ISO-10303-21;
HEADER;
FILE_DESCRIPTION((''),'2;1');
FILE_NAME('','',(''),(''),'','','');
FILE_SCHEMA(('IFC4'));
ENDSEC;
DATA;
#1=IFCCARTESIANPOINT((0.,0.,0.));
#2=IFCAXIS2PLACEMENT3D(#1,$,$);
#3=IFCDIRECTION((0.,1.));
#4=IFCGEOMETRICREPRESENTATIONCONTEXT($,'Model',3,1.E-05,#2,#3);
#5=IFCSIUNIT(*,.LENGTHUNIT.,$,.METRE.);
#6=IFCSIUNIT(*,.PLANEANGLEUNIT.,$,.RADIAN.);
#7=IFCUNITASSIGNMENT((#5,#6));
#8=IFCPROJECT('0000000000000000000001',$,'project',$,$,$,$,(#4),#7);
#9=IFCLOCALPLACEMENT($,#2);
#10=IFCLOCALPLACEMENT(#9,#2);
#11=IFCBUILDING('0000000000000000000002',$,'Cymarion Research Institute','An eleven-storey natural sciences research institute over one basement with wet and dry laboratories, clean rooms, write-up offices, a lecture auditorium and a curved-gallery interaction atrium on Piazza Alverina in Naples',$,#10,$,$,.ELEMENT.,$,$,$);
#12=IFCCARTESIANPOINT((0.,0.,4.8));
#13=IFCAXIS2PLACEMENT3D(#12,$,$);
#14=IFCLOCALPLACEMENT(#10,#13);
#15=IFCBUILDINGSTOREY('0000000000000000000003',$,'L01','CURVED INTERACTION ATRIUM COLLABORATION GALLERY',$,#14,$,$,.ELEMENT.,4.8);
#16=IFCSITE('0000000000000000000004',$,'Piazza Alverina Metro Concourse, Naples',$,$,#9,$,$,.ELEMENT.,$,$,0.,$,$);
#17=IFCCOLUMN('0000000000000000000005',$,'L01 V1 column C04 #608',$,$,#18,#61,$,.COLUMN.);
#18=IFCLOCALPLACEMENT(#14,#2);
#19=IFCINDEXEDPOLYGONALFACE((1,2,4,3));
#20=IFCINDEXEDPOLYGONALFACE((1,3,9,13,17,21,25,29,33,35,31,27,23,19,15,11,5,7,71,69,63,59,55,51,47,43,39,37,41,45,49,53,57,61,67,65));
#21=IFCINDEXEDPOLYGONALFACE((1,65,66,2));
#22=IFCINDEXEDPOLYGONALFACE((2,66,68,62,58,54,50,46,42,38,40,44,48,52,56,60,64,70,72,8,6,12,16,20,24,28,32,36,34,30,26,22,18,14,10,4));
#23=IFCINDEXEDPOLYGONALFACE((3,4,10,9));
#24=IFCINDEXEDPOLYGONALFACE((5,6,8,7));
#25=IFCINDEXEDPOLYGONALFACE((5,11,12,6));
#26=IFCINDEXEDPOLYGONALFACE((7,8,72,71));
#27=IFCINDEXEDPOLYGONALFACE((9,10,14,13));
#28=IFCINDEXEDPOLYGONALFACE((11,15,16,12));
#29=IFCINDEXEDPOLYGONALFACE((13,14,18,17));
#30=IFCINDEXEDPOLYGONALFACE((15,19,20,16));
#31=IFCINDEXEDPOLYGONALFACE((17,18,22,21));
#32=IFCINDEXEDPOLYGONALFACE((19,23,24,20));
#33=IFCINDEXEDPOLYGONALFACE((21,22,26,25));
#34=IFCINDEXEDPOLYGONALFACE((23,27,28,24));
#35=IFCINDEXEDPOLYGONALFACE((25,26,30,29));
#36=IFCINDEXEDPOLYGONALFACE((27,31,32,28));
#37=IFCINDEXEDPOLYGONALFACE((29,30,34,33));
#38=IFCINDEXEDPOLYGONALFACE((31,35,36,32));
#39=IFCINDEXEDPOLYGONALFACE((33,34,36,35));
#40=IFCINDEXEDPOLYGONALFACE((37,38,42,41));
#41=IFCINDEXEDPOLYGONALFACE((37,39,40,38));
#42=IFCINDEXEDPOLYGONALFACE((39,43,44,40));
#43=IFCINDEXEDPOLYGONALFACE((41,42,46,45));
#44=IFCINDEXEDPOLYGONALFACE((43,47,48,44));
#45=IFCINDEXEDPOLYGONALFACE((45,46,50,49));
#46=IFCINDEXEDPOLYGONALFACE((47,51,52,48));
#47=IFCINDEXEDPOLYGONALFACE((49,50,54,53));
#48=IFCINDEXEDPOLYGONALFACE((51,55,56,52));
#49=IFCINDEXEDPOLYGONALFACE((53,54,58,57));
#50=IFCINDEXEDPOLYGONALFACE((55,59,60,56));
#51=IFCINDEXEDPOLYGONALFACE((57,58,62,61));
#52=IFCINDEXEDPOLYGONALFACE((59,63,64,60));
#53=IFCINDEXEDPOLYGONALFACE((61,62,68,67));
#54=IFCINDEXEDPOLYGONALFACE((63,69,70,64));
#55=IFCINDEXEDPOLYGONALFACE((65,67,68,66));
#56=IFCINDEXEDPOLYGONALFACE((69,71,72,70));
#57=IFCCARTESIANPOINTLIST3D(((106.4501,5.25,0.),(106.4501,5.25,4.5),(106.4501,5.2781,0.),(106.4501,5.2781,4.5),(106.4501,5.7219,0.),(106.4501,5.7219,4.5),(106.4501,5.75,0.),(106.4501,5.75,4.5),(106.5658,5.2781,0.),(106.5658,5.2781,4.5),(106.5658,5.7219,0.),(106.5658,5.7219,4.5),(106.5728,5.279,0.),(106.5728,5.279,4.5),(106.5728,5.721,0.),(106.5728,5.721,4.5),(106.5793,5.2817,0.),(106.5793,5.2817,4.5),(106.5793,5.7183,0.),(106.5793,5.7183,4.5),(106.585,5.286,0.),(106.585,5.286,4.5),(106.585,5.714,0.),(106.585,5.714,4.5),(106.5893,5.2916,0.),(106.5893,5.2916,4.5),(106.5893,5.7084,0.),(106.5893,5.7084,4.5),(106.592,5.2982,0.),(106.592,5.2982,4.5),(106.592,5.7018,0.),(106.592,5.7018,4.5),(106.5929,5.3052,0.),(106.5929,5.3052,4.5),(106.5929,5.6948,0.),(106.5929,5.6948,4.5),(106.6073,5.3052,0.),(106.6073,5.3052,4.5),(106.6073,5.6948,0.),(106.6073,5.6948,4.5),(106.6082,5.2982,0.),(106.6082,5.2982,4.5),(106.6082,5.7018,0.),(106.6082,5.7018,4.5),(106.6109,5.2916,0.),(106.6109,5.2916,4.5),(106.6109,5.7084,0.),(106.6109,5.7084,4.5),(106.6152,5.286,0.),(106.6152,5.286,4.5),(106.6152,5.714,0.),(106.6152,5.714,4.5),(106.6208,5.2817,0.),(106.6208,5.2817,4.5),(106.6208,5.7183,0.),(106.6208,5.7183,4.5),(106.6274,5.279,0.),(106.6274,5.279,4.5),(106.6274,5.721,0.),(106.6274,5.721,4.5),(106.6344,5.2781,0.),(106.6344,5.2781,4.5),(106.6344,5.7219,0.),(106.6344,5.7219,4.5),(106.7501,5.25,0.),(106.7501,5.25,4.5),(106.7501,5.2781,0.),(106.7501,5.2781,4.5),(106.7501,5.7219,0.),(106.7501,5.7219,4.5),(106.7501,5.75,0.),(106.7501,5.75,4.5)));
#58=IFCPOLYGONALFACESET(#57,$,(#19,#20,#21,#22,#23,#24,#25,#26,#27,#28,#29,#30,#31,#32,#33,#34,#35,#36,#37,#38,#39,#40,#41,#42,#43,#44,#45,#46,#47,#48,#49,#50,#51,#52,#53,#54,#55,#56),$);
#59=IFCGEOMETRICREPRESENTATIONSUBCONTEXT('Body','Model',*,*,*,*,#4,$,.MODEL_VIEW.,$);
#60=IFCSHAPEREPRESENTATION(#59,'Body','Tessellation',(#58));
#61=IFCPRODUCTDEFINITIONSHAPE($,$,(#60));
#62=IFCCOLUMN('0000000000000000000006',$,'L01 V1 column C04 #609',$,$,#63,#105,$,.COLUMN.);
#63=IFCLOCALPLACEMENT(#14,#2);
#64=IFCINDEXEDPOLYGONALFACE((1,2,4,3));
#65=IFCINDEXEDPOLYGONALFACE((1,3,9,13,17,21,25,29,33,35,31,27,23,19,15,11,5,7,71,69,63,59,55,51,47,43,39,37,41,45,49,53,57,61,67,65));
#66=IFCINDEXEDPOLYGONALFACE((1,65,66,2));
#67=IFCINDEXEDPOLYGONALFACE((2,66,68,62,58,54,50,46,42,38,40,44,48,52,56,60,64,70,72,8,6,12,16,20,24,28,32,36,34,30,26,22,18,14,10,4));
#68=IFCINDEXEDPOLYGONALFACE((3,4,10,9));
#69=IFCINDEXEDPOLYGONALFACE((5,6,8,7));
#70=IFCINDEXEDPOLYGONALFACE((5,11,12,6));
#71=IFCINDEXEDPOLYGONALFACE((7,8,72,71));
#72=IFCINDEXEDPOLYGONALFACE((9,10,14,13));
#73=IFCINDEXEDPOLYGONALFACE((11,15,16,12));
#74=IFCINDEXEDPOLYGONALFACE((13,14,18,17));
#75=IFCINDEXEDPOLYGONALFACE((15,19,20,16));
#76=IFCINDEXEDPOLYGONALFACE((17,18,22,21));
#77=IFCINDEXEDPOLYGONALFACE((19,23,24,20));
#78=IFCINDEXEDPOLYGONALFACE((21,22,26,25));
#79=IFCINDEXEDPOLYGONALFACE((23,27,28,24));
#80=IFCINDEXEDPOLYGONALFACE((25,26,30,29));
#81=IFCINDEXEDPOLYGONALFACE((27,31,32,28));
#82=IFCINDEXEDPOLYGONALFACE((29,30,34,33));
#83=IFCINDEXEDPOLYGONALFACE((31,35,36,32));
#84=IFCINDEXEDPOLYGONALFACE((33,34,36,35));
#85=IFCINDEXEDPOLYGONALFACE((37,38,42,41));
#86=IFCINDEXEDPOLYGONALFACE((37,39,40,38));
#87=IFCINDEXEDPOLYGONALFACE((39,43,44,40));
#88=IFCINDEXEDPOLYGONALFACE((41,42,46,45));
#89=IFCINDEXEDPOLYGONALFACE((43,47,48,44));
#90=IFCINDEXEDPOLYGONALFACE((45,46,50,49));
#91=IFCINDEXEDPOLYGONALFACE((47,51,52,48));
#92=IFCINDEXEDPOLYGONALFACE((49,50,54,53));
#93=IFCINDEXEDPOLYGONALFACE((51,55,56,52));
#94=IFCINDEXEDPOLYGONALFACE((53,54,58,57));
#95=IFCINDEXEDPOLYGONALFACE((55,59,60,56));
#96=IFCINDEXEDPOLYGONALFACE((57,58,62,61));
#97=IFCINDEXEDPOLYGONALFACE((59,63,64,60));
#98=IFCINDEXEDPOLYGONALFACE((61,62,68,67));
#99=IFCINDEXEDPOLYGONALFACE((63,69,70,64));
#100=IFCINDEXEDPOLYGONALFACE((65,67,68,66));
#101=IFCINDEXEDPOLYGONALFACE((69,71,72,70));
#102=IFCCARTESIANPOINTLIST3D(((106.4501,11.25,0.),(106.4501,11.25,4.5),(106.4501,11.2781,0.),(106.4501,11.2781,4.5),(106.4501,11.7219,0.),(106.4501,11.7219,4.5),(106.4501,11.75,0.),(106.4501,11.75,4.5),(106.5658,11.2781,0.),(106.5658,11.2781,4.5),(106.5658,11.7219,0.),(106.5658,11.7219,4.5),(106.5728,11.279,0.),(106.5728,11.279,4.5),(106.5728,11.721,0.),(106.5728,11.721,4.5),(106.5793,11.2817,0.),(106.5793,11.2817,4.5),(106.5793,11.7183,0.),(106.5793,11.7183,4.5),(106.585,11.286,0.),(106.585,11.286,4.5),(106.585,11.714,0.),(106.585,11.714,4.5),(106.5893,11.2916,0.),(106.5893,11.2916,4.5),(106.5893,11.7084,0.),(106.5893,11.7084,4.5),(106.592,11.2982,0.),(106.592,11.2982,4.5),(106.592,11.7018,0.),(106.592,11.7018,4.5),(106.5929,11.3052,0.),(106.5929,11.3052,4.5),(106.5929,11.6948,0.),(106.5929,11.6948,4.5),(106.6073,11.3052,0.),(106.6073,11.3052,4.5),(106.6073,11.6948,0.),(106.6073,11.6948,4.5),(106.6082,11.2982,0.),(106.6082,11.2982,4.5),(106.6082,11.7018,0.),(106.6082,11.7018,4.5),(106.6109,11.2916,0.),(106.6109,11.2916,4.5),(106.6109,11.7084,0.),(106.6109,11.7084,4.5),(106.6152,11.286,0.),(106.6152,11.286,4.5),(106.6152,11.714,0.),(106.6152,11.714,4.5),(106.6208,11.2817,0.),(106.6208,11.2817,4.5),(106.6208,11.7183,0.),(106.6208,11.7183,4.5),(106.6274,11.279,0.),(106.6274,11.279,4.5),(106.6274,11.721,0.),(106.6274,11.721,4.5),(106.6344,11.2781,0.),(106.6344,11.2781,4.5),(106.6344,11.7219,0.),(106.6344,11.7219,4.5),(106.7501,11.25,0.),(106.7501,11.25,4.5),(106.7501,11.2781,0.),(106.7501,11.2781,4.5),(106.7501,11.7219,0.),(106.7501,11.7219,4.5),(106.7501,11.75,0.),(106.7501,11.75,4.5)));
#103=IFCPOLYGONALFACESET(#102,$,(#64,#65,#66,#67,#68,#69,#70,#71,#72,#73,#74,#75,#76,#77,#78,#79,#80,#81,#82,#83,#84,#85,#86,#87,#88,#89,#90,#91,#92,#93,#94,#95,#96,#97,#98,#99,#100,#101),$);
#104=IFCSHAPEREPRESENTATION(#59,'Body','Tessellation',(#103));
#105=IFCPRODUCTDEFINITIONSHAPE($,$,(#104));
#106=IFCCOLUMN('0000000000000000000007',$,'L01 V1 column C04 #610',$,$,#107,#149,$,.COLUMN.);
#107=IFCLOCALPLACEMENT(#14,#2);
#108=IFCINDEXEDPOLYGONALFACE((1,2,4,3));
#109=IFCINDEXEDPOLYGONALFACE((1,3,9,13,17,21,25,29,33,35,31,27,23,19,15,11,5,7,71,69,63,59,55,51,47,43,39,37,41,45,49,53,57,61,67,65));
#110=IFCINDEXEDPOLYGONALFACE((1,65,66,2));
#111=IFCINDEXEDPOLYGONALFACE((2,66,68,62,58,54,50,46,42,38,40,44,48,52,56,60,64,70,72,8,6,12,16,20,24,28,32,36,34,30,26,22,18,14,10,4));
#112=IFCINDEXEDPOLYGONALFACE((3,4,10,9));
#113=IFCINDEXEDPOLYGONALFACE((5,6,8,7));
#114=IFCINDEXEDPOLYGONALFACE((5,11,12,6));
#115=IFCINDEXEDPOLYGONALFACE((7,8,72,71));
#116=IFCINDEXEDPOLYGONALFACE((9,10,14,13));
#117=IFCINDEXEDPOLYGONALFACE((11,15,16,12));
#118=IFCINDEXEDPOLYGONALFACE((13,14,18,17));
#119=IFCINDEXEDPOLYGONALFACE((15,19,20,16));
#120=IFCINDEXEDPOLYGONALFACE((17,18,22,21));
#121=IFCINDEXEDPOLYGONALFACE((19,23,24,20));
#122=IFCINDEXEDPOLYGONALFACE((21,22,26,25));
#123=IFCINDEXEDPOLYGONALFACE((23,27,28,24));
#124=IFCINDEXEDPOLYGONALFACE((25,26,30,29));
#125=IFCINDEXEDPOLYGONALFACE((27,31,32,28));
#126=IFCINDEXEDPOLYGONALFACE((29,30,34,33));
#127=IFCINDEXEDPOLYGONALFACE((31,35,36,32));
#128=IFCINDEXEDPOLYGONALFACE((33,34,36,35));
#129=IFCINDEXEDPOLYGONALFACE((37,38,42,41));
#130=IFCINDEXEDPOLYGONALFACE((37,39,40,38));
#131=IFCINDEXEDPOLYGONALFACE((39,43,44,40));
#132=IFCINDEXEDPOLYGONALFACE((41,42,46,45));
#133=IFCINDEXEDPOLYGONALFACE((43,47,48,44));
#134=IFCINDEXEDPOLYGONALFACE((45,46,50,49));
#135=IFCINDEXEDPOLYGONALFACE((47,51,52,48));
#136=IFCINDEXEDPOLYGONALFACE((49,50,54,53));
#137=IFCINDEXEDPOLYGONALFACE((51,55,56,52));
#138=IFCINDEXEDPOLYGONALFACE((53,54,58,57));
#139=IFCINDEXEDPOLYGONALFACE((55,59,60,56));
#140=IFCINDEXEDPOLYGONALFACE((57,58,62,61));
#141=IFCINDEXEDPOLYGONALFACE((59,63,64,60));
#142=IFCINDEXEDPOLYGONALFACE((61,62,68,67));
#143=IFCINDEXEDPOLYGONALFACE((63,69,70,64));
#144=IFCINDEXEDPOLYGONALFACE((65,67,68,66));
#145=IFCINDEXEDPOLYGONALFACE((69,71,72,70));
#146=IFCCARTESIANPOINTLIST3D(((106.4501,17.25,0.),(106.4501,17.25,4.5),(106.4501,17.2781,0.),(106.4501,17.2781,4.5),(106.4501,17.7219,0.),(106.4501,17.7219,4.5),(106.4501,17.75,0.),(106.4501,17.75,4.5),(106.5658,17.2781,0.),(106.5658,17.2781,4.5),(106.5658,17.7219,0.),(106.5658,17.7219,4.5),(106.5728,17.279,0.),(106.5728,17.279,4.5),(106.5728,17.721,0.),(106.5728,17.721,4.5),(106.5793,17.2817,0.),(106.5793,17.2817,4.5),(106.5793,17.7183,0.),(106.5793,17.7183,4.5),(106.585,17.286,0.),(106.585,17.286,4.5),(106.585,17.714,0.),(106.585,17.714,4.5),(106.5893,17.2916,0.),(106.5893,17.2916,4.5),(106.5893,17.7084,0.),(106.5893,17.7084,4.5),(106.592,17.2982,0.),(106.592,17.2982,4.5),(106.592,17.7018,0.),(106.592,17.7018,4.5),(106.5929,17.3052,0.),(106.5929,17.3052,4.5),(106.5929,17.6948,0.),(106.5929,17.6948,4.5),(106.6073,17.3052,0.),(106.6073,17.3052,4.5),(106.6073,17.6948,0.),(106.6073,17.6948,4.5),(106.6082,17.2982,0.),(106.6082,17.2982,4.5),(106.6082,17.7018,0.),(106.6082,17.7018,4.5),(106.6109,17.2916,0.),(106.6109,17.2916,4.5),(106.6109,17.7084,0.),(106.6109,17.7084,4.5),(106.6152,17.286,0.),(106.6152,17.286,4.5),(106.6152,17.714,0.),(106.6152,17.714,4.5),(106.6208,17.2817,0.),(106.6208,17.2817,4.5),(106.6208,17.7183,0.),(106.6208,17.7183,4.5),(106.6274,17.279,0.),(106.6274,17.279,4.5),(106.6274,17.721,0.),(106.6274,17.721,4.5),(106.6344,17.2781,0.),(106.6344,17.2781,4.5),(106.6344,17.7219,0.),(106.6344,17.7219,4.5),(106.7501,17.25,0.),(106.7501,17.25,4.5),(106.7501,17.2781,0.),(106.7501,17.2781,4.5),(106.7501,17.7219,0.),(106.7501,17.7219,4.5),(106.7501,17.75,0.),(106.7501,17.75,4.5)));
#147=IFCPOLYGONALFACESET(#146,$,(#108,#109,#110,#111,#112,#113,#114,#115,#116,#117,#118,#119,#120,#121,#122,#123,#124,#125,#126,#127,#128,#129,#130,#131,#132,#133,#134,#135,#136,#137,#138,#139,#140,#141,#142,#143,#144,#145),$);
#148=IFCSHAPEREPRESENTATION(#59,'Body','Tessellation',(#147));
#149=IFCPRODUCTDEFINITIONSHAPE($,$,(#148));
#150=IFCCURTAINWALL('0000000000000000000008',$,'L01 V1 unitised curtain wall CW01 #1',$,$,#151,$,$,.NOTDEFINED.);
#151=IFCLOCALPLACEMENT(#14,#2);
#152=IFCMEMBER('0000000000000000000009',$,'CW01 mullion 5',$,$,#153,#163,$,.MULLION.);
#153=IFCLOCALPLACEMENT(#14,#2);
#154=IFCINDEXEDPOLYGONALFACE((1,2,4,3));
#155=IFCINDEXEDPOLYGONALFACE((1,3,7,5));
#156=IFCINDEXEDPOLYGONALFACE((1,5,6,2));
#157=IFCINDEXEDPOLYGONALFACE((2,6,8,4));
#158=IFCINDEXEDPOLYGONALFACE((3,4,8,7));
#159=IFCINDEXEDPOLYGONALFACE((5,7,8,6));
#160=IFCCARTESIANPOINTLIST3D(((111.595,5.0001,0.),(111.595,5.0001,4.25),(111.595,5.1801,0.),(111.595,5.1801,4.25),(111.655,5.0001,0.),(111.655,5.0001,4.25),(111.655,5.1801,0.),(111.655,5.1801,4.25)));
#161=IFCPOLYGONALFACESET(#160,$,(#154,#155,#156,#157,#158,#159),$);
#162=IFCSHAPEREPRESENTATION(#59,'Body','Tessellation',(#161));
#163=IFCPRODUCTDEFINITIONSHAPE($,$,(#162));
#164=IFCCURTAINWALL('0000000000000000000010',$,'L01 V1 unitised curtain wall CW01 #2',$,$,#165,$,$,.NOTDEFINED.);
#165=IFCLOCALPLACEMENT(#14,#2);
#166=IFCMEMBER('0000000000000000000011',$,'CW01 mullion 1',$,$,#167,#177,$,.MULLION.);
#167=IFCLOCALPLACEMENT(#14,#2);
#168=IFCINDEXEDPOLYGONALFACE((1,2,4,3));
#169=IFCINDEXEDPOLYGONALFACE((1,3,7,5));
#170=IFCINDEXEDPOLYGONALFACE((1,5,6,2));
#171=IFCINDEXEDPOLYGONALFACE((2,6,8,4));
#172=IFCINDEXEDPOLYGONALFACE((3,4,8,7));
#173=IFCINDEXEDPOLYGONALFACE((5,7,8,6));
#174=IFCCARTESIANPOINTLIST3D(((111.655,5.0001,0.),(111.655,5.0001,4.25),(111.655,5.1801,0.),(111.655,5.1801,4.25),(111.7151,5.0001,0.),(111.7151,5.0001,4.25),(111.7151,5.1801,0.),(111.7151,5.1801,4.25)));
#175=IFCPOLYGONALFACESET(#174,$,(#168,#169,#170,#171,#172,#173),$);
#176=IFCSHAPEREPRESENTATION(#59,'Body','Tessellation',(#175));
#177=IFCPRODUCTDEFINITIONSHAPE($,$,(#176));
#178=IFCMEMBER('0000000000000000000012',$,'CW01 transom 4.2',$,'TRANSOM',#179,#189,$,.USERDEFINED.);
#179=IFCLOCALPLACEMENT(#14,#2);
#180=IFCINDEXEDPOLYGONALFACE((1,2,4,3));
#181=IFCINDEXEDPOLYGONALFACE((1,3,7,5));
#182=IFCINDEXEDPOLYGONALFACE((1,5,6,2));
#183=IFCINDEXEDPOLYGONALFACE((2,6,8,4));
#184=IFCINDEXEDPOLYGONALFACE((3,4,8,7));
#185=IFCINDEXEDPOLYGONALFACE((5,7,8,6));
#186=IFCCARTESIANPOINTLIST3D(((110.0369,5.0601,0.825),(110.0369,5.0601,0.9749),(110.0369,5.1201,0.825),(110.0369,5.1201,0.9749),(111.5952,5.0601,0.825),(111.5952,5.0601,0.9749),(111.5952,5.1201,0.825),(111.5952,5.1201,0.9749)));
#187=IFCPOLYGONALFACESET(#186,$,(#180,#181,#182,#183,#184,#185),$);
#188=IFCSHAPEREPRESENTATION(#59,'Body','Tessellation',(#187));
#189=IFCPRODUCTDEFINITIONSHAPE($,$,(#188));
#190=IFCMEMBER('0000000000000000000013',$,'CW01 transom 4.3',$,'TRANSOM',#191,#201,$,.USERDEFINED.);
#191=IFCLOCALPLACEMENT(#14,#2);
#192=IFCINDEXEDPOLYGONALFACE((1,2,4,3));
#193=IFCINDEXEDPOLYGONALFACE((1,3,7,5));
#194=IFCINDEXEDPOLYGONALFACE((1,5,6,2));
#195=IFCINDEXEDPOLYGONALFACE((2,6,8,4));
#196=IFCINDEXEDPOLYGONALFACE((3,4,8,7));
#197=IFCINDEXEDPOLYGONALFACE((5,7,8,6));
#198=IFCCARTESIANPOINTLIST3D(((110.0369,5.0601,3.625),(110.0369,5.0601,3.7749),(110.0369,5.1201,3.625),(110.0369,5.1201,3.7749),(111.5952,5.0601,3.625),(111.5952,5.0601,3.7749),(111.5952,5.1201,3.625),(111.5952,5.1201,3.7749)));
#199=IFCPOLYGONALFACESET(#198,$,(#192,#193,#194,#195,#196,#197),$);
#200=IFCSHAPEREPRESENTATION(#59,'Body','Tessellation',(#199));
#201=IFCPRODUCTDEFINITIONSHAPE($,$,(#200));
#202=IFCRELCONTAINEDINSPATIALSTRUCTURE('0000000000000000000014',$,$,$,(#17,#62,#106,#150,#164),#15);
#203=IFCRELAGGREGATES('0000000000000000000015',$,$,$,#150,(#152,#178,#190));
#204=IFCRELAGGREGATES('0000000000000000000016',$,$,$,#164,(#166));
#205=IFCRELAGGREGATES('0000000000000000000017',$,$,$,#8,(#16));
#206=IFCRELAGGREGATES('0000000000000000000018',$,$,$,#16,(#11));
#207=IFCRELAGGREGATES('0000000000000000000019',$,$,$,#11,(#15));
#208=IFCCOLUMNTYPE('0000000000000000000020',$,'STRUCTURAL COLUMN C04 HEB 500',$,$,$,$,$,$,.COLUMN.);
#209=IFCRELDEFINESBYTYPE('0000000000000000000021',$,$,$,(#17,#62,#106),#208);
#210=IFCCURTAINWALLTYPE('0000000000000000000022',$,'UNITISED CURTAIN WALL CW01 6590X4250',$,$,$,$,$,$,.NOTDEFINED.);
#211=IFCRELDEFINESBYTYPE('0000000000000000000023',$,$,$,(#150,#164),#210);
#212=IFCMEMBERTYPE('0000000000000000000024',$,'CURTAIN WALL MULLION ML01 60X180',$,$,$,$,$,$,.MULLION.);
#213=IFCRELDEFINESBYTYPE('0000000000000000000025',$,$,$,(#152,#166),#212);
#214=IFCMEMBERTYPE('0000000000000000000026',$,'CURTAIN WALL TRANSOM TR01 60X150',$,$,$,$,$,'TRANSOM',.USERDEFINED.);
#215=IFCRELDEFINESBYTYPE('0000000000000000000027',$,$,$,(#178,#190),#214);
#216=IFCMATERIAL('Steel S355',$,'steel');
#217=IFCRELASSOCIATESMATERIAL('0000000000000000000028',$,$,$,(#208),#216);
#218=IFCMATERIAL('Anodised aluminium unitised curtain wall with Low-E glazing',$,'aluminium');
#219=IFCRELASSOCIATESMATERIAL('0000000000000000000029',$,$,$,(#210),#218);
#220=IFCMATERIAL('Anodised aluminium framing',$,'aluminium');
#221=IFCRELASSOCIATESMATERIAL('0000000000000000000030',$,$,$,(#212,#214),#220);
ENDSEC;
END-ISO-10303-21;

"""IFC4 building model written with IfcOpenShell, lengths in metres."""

from ifc_helpers import new_model, si_unit, direction, frame, origin, origin_2d, place, context, subcontext, project, spatial, rectangle, i_section, extrude, material, material_profile, profile_set, type_object, element, aggregate, save


model = new_model("IFC4")

# Units and contexts
model_context = context("Model", 3, precision=1e-05, world=origin(), true_north=direction((0.0, 1.0)))
body_context = subcontext(model_context, "Body", "Model", "MODEL_VIEW")
ifc_project = project(units=[si_unit("LENGTHUNIT", "METRE"), si_unit("PLANEANGLEUNIT", "RADIAN")], contexts=[model_context])

# Site, building, storey
site_placement = place(None, origin())
site = spatial("IfcSite", under=ifc_project, at=site_placement, Name="Piazza Alverina Metro Concourse, Naples", CompositionType="ELEMENT", RefElevation=0.0)
building_placement = place(site_placement, origin())
building = spatial("IfcBuilding", under=site, at=building_placement, Name="Cymarion Research Institute", Description="An eleven-storey natural sciences research institute over one basement with wet and dry laboratories, clean rooms, write-up offices, a lecture auditorium and a curved-gallery interaction atrium on Piazza Alverina in Naples", CompositionType="ELEMENT")
storey_placement = place(building_placement, frame((0.0, 0.0, 4.8)))
storey = spatial("IfcBuildingStorey", under=building, at=storey_placement, Name="L01", Description="CURVED INTERACTION ATRIUM COLLABORATION GALLERY", CompositionType="ELEMENT", Elevation=4.8)

# Columns
ifc_material_1 = material(Name="Steel S355", Category="steel")
ifc_material_profile_1 = material_profile(ifc_material_1, i_section(OverallWidth=0.3, OverallDepth=0.5, WebThickness=0.0144, FlangeThickness=0.0281, FilletRadius=0.0271, at=origin_2d()), Name="HEB 500")
ifc_profile_set_1 = profile_set([ifc_material_profile_1], Name="Steel S355")
column_type = type_object("IfcColumnType", Name="STRUCTURAL COLUMN C04 HEB 500", PredefinedType="COLUMN", material=ifc_profile_set_1)
for number, where, z_axis, x_axis, name in (
    (1, (106.6001, 5.5, 0.0), (0.0, 0.0, 1.0), (1.0, 0.0, 0.0), "L01 V1 column C04 #608"),
    (2, (106.6001, 11.5, 0.0), (0.0, 0.0, 1.0), (1.0, 0.0, 0.0), "L01 V1 column C04 #609"),
    (3, (106.6001, 17.5, 0.0), (0.0, 0.0, 1.0), (1.0, 0.0, 0.0), "L01 V1 column C04 #610"),
):
    element("IfcColumn", number, at=place(storey_placement, frame(where, z_axis=z_axis, x_axis=x_axis)), inside=storey, type_object=column_type, Name=name, PredefinedType="COLUMN", context=body_context, shape_type="SweptSolid", body=[
        extrude(i_section(OverallWidth=0.3, OverallDepth=0.5, WebThickness=0.0144, FlangeThickness=0.0281, FilletRadius=0.0271, at=origin_2d()), origin(), (0.0, 0.0, 1.0), 4.5),
    ])

# Curtain walls, members
ifc_material_2 = material(Name="Anodised aluminium unitised curtain wall with Low-E glazing", Category="aluminium")
curtain_wall_type = type_object("IfcCurtainWallType", Name="UNITISED CURTAIN WALL CW01 6590X4250", PredefinedType="NOTDEFINED", material=ifc_material_2)
curtain_wall_1_placement = place(storey_placement, origin())
curtain_wall_1 = element("IfcCurtainWall", 4, at=curtain_wall_1_placement, inside=storey, type_object=curtain_wall_type, Name="L01 V1 unitised curtain wall CW01 #1", PredefinedType="NOTDEFINED")
ifc_material_3 = material(Name="Anodised aluminium framing", Category="aluminium")
ifc_material_profile_2 = material_profile(ifc_material_3, rectangle(XDim=0.0601, YDim=0.1799, at=origin_2d()), Name="ALU MULLION 60x180")
ifc_profile_set_2 = profile_set([ifc_material_profile_2], Name="Anodised aluminium framing")
member_type_1 = type_object("IfcMemberType", Name="CURTAIN WALL MULLION ML01 60X180", PredefinedType="MULLION", material=ifc_profile_set_2)
member_1_placement = place(storey_placement, frame((111.625, 5.0901, 0.0), z_axis=(0.0, 0.0, 1.0), x_axis=(1.0, 0.0, 0.0)))
member_1 = element("IfcMember", 5, at=member_1_placement, type_object=member_type_1, Name="CW01 mullion 5", PredefinedType="MULLION", context=body_context, shape_type="SweptSolid", body=[
    extrude(rectangle(XDim=0.0601, YDim=0.1799, at=origin_2d()), origin(), (0.0, 0.0, 1.0), 4.25),
])
curtain_wall_2_placement = place(storey_placement, origin())
curtain_wall_2 = element("IfcCurtainWall", 6, at=curtain_wall_2_placement, inside=storey, type_object=curtain_wall_type, Name="L01 V1 unitised curtain wall CW01 #2", PredefinedType="NOTDEFINED")
member_2_placement = place(storey_placement, frame((111.6851, 5.0901, 0.0), z_axis=(0.0, 0.0, 1.0), x_axis=(1.0, 0.0, 0.0)))
member_2 = element("IfcMember", 7, at=member_2_placement, type_object=member_type_1, Name="CW01 mullion 1", PredefinedType="MULLION", context=body_context, shape_type="SweptSolid", body=[
    extrude(rectangle(XDim=0.0601, YDim=0.1799, at=origin_2d()), origin(), (0.0, 0.0, 1.0), 4.25),
])

# Members
ifc_material_profile_3 = material_profile(ifc_material_3, rectangle(XDim=0.0601, YDim=0.1499, at=origin_2d()), Name="ALU TRANSOM 60x150")
ifc_profile_set_3 = profile_set([ifc_material_profile_3], Name="Anodised aluminium framing")
member_type_2 = type_object("IfcMemberType", Name="CURTAIN WALL TRANSOM TR01 60X150", ElementType="TRANSOM", PredefinedType="USERDEFINED", material=ifc_profile_set_3)
member_3_placement = place(storey_placement, frame((110.0369, 5.0901, 0.8999), z_axis=(1.0, 0.0, 0.0), x_axis=(0.0, 1.0, 0.0)))
member_3 = element("IfcMember", 8, at=member_3_placement, type_object=member_type_2, Name="CW01 transom 4.2", ObjectType="TRANSOM", PredefinedType="USERDEFINED", context=body_context, shape_type="SweptSolid", body=[
    extrude(rectangle(XDim=0.0601, YDim=0.1499, at=origin_2d()), origin(), (0.0, 0.0, 1.0), 1.5583),
])
member_4_placement = place(storey_placement, frame((110.0369, 5.0901, 3.7), z_axis=(1.0, 0.0, 0.0), x_axis=(0.0, 1.0, 0.0)))
member_4 = element("IfcMember", 9, at=member_4_placement, type_object=member_type_2, Name="CW01 transom 4.3", ObjectType="TRANSOM", PredefinedType="USERDEFINED", context=body_context, shape_type="SweptSolid", body=[
    extrude(rectangle(XDim=0.0601, YDim=0.1499, at=origin_2d()), origin(), (0.0, 0.0, 1.0), 1.5583),
])

aggregate(curtain_wall_1, [member_1, member_3, member_4])
aggregate(curtain_wall_2, [member_2])

save(model, "model.ifc")
